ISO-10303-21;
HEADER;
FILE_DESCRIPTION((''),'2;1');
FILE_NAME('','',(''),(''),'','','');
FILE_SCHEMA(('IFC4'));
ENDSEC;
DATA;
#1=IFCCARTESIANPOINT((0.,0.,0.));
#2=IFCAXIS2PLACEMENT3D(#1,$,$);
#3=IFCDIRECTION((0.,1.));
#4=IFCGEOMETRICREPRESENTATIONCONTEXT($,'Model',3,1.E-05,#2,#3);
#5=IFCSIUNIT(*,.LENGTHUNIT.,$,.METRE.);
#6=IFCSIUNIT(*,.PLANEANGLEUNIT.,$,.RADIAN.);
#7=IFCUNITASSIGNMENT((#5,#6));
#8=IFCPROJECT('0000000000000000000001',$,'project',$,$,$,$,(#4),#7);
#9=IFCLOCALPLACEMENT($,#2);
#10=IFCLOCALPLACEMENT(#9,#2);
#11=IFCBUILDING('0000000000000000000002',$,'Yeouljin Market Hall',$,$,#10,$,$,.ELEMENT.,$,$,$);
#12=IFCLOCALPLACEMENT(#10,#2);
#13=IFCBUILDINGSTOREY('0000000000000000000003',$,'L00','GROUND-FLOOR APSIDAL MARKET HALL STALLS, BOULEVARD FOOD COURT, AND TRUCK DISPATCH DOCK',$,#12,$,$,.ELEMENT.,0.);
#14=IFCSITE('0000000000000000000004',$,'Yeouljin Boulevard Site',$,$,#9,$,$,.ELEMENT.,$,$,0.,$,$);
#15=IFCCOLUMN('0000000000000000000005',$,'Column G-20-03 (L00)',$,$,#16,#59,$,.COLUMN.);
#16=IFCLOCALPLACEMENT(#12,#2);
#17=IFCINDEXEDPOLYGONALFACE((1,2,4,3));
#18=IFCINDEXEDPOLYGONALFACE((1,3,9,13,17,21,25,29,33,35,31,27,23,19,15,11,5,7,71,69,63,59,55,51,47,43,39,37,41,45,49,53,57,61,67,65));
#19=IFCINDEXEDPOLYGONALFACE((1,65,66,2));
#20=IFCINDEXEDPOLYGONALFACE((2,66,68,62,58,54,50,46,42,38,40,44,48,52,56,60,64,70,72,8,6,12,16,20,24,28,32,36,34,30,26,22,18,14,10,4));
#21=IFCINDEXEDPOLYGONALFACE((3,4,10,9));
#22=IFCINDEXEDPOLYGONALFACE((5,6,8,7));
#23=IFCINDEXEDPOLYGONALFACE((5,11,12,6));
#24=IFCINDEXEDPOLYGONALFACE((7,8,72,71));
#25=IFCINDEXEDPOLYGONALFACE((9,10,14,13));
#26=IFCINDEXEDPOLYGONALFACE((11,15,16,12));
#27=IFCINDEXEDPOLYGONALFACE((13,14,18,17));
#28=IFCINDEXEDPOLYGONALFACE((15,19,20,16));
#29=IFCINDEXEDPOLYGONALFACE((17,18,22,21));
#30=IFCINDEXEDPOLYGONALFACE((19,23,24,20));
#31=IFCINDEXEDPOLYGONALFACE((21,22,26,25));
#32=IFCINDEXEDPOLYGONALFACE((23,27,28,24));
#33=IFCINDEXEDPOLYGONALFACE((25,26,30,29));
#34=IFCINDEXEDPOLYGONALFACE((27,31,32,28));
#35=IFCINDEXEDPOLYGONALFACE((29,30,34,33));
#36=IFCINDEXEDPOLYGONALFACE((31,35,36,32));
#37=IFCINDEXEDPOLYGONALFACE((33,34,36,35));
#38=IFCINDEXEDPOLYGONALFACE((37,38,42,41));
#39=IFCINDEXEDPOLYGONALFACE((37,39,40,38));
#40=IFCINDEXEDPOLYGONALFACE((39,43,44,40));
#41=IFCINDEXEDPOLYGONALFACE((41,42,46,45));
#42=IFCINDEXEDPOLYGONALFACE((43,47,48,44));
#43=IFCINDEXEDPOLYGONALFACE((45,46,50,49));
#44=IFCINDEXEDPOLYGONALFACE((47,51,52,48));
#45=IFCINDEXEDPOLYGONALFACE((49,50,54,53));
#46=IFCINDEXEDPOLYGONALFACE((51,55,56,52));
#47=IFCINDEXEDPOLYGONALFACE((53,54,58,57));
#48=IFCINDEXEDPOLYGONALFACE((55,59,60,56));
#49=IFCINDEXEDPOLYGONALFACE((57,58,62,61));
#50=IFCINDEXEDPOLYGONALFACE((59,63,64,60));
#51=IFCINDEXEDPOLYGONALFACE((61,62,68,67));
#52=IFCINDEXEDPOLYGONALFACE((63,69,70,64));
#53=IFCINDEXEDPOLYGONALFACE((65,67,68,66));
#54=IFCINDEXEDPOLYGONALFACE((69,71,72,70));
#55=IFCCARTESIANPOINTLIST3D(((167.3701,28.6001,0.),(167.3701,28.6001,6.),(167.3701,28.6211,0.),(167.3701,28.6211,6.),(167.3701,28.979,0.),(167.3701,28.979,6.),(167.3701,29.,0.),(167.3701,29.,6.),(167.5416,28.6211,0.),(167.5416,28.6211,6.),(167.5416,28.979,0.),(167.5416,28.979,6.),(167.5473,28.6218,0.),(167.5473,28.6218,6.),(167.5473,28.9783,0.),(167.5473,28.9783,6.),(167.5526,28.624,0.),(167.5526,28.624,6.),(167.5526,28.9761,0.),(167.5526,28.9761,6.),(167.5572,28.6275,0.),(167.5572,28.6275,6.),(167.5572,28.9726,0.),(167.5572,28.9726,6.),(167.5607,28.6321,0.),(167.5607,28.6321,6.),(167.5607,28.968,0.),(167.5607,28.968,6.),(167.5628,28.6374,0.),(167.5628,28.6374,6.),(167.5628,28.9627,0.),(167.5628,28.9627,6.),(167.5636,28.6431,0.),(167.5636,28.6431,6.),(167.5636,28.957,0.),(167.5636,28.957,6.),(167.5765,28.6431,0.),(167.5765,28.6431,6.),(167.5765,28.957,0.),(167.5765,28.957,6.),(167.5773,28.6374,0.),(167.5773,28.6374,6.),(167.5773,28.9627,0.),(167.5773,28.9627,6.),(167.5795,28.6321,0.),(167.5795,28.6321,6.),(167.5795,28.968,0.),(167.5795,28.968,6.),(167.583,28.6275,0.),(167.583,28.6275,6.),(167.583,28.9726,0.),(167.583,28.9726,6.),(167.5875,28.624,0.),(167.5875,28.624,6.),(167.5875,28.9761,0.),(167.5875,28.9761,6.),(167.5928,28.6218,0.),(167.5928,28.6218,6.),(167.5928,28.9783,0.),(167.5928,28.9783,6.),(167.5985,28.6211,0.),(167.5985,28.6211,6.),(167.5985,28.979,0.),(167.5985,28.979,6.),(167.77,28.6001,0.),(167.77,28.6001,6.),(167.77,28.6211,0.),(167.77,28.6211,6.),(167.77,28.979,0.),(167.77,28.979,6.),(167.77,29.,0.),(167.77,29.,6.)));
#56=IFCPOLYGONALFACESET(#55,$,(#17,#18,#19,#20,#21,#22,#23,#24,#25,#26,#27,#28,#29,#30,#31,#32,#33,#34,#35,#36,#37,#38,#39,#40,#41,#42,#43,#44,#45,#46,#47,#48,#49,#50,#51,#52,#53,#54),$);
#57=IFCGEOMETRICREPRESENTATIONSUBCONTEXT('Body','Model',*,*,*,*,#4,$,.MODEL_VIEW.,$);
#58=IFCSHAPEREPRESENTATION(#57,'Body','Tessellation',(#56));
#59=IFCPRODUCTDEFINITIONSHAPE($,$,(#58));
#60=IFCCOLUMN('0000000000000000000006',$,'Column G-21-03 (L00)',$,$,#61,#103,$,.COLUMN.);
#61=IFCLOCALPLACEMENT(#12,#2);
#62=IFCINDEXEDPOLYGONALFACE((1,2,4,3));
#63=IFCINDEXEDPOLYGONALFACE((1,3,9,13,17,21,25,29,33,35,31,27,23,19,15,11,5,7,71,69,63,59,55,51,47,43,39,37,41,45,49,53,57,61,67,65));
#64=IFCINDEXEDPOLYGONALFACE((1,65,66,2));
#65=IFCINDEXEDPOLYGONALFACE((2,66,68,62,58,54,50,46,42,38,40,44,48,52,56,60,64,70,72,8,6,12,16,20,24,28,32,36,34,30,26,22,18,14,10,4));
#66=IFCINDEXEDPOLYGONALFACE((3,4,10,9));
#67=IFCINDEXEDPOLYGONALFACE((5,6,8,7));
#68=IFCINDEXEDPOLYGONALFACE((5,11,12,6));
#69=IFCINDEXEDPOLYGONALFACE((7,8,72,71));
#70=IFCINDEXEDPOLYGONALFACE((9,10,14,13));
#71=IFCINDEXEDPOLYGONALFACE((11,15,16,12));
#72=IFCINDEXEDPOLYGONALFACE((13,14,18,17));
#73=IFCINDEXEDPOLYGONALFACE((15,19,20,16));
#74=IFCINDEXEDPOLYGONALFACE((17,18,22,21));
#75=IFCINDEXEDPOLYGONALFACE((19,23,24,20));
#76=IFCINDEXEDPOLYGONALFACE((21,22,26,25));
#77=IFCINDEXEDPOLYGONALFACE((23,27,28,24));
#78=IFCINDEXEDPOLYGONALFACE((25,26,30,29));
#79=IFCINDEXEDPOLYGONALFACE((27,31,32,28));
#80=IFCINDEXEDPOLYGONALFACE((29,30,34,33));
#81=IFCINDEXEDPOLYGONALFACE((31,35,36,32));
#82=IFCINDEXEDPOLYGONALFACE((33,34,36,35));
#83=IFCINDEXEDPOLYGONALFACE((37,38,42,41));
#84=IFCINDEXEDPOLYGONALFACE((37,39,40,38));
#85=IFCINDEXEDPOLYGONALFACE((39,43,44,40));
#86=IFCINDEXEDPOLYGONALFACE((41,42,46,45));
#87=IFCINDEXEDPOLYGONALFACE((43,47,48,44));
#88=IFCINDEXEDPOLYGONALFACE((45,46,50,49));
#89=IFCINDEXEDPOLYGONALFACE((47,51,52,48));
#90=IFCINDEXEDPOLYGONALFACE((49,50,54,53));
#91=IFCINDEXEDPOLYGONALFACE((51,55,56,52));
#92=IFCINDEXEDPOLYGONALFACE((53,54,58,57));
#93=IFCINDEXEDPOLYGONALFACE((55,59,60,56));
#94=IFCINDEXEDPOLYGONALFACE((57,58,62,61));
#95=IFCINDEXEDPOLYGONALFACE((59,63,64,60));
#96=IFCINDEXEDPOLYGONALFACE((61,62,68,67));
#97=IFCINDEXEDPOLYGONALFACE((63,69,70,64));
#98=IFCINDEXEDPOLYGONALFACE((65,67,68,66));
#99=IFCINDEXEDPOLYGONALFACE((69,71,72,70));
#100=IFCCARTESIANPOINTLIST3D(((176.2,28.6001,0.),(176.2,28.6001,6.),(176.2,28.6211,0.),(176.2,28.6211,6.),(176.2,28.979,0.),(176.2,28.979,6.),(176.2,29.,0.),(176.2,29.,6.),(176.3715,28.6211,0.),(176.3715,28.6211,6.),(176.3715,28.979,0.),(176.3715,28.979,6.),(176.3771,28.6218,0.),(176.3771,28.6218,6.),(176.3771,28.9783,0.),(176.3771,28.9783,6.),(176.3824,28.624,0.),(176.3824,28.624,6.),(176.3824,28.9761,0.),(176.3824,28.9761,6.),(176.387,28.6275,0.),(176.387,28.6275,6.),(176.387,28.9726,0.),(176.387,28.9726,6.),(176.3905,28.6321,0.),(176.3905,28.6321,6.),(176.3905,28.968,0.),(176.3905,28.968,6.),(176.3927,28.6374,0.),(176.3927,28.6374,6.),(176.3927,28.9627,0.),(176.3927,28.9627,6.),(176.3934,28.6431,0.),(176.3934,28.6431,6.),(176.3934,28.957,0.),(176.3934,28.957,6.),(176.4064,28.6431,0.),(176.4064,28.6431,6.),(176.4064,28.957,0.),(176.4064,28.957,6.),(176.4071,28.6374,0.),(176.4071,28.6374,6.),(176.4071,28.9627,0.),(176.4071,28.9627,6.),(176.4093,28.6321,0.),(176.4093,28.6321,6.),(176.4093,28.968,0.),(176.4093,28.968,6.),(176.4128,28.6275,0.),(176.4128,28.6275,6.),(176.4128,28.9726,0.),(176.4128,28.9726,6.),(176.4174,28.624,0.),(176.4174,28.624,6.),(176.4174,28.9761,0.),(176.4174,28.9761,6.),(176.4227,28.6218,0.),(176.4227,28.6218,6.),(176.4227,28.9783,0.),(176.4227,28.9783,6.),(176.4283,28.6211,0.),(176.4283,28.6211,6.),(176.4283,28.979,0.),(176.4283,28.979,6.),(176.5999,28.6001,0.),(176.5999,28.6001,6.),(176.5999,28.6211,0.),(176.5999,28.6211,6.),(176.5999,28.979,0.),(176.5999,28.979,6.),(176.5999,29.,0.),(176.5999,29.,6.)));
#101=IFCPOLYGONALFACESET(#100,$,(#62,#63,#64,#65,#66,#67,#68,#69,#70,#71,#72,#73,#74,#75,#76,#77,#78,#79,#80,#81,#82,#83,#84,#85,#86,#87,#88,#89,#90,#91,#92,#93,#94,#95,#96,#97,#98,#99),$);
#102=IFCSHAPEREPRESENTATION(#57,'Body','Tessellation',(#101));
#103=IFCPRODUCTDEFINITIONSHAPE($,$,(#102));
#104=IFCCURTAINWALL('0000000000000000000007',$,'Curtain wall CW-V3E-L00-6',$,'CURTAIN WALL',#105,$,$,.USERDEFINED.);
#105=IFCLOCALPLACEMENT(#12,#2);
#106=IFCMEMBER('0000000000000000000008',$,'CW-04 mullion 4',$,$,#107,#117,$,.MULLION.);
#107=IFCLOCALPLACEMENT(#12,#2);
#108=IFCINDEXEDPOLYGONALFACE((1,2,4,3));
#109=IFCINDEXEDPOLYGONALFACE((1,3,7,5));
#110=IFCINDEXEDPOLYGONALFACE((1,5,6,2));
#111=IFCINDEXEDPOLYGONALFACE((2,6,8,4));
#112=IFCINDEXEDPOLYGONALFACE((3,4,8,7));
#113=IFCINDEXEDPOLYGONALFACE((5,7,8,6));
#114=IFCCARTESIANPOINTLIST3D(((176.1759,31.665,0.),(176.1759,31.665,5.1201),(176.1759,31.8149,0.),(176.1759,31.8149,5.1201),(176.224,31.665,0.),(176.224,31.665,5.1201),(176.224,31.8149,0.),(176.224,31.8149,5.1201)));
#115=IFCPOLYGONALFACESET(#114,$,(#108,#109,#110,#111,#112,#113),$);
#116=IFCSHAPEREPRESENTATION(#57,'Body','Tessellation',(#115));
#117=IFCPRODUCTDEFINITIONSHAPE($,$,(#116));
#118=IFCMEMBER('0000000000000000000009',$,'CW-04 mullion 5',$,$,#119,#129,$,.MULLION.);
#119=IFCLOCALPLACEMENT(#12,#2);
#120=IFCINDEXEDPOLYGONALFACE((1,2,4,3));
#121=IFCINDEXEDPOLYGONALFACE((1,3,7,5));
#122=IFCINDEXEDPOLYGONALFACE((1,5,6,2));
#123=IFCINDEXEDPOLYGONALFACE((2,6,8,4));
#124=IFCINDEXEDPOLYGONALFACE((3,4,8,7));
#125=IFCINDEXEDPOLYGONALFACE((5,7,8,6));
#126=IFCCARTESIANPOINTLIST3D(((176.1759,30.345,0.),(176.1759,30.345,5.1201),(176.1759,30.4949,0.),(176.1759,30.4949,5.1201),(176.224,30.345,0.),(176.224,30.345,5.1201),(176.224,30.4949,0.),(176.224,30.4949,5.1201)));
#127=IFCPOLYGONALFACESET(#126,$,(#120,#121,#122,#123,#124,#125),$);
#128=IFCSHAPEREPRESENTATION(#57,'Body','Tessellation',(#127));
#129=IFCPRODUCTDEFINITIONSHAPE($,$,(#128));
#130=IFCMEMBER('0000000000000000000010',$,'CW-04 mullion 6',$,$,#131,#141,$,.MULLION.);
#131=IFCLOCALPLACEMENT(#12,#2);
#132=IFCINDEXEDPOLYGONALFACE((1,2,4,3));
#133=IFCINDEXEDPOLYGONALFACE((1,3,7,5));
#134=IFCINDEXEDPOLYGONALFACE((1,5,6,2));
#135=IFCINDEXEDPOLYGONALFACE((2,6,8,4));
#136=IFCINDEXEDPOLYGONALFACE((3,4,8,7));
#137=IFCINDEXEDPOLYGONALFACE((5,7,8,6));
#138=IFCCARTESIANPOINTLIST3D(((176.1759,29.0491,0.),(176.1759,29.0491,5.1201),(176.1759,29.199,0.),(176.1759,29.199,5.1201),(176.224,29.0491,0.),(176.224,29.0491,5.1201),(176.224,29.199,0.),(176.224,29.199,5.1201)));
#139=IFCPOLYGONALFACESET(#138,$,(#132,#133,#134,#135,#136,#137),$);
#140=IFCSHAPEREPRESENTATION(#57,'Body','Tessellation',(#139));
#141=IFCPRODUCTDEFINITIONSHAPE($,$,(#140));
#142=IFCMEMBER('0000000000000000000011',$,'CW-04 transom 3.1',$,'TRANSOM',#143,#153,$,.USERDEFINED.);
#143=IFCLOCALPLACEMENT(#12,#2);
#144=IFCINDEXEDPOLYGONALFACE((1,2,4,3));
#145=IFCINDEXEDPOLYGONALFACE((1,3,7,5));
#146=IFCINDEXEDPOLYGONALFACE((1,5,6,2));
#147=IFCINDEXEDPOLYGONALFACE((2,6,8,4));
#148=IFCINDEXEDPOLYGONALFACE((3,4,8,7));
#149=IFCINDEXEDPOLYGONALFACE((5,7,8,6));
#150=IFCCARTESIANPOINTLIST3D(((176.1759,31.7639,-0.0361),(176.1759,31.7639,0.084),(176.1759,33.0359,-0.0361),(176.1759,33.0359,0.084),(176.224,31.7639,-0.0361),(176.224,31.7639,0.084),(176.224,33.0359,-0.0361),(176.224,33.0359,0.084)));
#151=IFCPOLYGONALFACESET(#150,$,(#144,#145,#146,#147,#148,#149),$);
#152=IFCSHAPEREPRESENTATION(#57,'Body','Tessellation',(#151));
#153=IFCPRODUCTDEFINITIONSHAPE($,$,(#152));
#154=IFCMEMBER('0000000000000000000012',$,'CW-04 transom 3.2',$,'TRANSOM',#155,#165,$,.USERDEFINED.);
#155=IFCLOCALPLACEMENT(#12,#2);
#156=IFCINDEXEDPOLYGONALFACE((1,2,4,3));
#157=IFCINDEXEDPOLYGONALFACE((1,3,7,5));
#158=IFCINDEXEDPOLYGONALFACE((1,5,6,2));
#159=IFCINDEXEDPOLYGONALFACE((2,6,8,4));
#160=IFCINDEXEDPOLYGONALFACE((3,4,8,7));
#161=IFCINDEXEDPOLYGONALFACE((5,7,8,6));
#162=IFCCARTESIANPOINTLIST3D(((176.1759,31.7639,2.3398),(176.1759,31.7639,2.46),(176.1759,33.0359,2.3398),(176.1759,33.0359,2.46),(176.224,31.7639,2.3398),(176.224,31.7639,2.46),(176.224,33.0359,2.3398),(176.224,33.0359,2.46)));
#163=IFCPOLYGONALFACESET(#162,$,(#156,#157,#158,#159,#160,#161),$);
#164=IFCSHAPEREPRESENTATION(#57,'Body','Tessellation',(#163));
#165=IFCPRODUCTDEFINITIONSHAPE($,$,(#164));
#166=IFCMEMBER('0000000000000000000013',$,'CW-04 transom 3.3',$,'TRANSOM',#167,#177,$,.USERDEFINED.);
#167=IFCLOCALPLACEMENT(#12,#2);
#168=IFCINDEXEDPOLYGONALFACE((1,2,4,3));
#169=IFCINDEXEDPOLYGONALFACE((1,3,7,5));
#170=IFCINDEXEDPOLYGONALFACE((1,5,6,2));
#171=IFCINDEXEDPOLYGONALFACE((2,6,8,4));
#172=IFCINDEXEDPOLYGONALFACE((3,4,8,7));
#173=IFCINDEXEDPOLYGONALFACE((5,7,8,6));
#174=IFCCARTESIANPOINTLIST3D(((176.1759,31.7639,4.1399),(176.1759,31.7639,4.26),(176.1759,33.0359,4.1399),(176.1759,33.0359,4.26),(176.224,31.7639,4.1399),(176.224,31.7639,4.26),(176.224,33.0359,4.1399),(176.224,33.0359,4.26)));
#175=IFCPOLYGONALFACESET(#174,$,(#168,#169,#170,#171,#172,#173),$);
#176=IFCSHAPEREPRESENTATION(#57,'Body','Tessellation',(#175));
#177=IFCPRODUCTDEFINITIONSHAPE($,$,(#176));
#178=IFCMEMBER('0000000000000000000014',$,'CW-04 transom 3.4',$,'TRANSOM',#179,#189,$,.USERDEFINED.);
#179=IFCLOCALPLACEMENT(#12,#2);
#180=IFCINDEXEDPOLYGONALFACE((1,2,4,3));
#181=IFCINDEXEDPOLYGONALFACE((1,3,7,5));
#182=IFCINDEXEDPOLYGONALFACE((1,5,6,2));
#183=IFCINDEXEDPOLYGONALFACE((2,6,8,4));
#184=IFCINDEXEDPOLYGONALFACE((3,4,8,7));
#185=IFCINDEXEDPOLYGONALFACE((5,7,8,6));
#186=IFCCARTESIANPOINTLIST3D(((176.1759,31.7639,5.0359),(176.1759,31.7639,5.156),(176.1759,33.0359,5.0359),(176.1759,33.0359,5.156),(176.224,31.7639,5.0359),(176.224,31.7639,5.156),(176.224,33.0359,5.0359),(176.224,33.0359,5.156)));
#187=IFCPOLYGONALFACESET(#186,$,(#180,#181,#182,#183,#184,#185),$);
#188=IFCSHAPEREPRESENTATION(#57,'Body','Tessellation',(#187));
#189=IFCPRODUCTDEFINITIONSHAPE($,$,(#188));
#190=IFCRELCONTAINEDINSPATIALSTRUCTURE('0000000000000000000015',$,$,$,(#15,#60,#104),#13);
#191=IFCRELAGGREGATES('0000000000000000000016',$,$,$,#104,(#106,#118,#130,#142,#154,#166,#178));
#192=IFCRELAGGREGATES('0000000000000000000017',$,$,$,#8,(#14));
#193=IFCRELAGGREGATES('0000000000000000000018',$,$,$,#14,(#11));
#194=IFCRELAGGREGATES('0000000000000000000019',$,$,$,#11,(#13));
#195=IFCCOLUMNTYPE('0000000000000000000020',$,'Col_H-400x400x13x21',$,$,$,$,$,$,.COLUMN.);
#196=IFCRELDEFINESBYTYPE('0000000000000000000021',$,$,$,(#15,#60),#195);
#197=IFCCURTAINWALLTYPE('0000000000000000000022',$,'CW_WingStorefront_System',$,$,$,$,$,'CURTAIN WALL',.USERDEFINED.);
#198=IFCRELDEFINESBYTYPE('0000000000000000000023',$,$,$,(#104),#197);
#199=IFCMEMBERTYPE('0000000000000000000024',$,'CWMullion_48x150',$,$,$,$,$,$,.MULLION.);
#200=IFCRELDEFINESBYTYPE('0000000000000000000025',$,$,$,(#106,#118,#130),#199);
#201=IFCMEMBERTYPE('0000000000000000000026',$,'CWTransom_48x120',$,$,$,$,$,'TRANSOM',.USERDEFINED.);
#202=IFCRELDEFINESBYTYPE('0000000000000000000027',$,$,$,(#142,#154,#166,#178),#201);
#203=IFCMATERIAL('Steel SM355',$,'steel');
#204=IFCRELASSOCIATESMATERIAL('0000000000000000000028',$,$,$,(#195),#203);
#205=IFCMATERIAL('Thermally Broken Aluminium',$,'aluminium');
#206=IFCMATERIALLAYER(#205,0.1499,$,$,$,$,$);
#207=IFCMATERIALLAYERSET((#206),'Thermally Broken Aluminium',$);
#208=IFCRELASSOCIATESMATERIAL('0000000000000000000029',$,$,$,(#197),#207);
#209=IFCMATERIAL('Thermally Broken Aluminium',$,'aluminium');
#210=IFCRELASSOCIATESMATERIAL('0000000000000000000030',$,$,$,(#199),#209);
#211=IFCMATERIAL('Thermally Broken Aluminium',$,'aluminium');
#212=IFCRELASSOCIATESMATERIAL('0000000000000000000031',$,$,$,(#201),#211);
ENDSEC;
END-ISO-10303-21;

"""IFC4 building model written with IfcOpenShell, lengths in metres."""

from ifc_helpers import new_model, si_unit, direction, frame, origin, origin_2d, place, context, subcontext, project, spatial, rectangle, i_section, extrude, material, layer, layer_set, material_profile, profile_set, type_object, element, aggregate, save


model = new_model("IFC4")

# Units and contexts
model_context = context("Model", 3, precision=1e-05, world=origin(), true_north=direction((0.0, 1.0)))
body_context = subcontext(model_context, "Body", "Model", "MODEL_VIEW")
ifc_project = project(units=[si_unit("LENGTHUNIT", "METRE"), si_unit("PLANEANGLEUNIT", "RADIAN")], contexts=[model_context])

# Site, building, storey
site_placement = place(None, origin())
site = spatial("IfcSite", under=ifc_project, at=site_placement, Name="Yeouljin Boulevard Site", CompositionType="ELEMENT", RefElevation=0.0)
building_placement = place(site_placement, origin())
building = spatial("IfcBuilding", under=site, at=building_placement, Name="Yeouljin Market Hall", CompositionType="ELEMENT")
storey_placement = place(building_placement, origin())
storey = spatial("IfcBuildingStorey", under=building, at=storey_placement, Name="L00", Description="GROUND-FLOOR APSIDAL MARKET HALL STALLS, BOULEVARD FOOD COURT, AND TRUCK DISPATCH DOCK", CompositionType="ELEMENT", Elevation=0.0)

# Columns
ifc_material_1 = material(Name="Steel SM355", Category="steel")
ifc_material_profile_1 = material_profile(ifc_material_1, i_section(OverallWidth=0.3999, OverallDepth=0.3999, WebThickness=0.0129, FlangeThickness=0.021, FilletRadius=0.022, at=origin_2d()), Name="H-400x400x13x21")
ifc_profile_set_1 = profile_set([ifc_material_profile_1], Name="Steel SM355")
column_type = type_object("IfcColumnType", Name="Col_H-400x400x13x21", PredefinedType="COLUMN", material=ifc_profile_set_1)
for number, where, z_axis, x_axis, name in (
    (1, (167.5701, 28.8, 0.0), (0.0, 0.0, 1.0), (1.0, 0.0, 0.0), "Column G-20-03 (L00)"),
    (2, (176.3999, 28.8, 0.0), (0.0, 0.0, 1.0), (1.0, 0.0, 0.0), "Column G-21-03 (L00)"),
):
    element("IfcColumn", number, at=place(storey_placement, frame(where, z_axis=z_axis, x_axis=x_axis)), inside=storey, type_object=column_type, Name=name, PredefinedType="COLUMN", context=body_context, shape_type="SweptSolid", body=[
        extrude(i_section(OverallWidth=0.3999, OverallDepth=0.3999, WebThickness=0.0129, FlangeThickness=0.021, FilletRadius=0.022, at=origin_2d()), origin(), (0.0, 0.0, 1.0), 6.0),
    ])

# Curtain wall, members
ifc_material_2 = material(Name="Thermally Broken Aluminium", Category="aluminium")
ifc_layer_1 = layer(ifc_material_2, 0.1499)
ifc_layer_set_1 = layer_set([ifc_layer_1], Name="Thermally Broken Aluminium")
curtain_wall_type = type_object("IfcCurtainWallType", Name="CW_WingStorefront_System", ElementType="CURTAIN WALL", PredefinedType="USERDEFINED", material=ifc_layer_set_1)
curtain_wall_placement = place(storey_placement, origin())
curtain_wall = element("IfcCurtainWall", 3, at=curtain_wall_placement, inside=storey, type_object=curtain_wall_type, Name="Curtain wall CW-V3E-L00-6", ObjectType="CURTAIN WALL", PredefinedType="USERDEFINED")
ifc_material_3 = material(Name="Thermally Broken Aluminium", Category="aluminium")
ifc_material_profile_2 = material_profile(ifc_material_3, rectangle(XDim=0.0481, YDim=0.1499, at=origin_2d()), Name="CW-MULL-48x150")
ifc_profile_set_2 = profile_set([ifc_material_profile_2], Name="Thermally Broken Aluminium")
member_type_1 = type_object("IfcMemberType", Name="CWMullion_48x150", PredefinedType="MULLION", material=ifc_profile_set_2)
member_1_placement = place(storey_placement, frame((176.2, 31.74, 0.0), z_axis=(0.0, 0.0, 1.0), x_axis=(1.0, 0.0, 0.0)))
member_1 = element("IfcMember", 4, at=member_1_placement, type_object=member_type_1, Name="CW-04 mullion 4", PredefinedType="MULLION", context=body_context, shape_type="SweptSolid", body=[
    extrude(rectangle(XDim=0.0481, YDim=0.1499, at=origin_2d()), origin(), (0.0, 0.0, 1.0), 5.1201),
])
member_2_placement = place(storey_placement, frame((176.2, 30.4199, 0.0), z_axis=(0.0, 0.0, 1.0), x_axis=(1.0, 0.0, 0.0)))
member_2 = element("IfcMember", 5, at=member_2_placement, type_object=member_type_1, Name="CW-04 mullion 5", PredefinedType="MULLION", context=body_context, shape_type="SweptSolid", body=[
    extrude(rectangle(XDim=0.0481, YDim=0.1499, at=origin_2d()), origin(), (0.0, 0.0, 1.0), 5.1201),
])
member_3_placement = place(storey_placement, frame((176.2, 29.124, 0.0), z_axis=(0.0, 0.0, 1.0), x_axis=(1.0, 0.0, 0.0)))
member_3 = element("IfcMember", 6, at=member_3_placement, type_object=member_type_1, Name="CW-04 mullion 6", PredefinedType="MULLION", context=body_context, shape_type="SweptSolid", body=[
    extrude(rectangle(XDim=0.0481, YDim=0.1499, at=origin_2d()), origin(), (0.0, 0.0, 1.0), 5.1201),
])
ifc_material_4 = material(Name="Thermally Broken Aluminium", Category="aluminium")
ifc_material_profile_3 = material_profile(ifc_material_4, rectangle(XDim=0.0481, YDim=0.1201, at=origin_2d()), Name="CW-TRAN-48x120")
ifc_profile_set_3 = profile_set([ifc_material_profile_3], Name="Thermally Broken Aluminium")
member_type_2 = type_object("IfcMemberType", Name="CWTransom_48x120", ElementType="TRANSOM", PredefinedType="USERDEFINED", material=ifc_profile_set_3)
member_4_placement = place(storey_placement, frame((176.2, 33.0359, 0.0239), z_axis=(0.0, -1.0, 0.0), x_axis=(1.0, 0.0, 0.0)))
member_4 = element("IfcMember", 7, at=member_4_placement, type_object=member_type_2, Name="CW-04 transom 3.1", ObjectType="TRANSOM", PredefinedType="USERDEFINED", context=body_context, shape_type="SweptSolid", body=[
    extrude(rectangle(XDim=0.0481, YDim=0.1201, at=origin_2d()), origin(), (0.0, 0.0, 1.0), 1.272),
])
member_5_placement = place(storey_placement, frame((176.2, 33.0359, 2.3999), z_axis=(0.0, -1.0, 0.0), x_axis=(1.0, 0.0, 0.0)))
member_5 = element("IfcMember", 8, at=member_5_placement, type_object=member_type_2, Name="CW-04 transom 3.2", ObjectType="TRANSOM", PredefinedType="USERDEFINED", context=body_context, shape_type="SweptSolid", body=[
    extrude(rectangle(XDim=0.0481, YDim=0.1201, at=origin_2d()), origin(), (0.0, 0.0, 1.0), 1.272),
])
member_6_placement = place(storey_placement, frame((176.2, 33.0359, 4.2), z_axis=(0.0, -1.0, 0.0), x_axis=(1.0, 0.0, 0.0)))
member_6 = element("IfcMember", 9, at=member_6_placement, type_object=member_type_2, Name="CW-04 transom 3.3", ObjectType="TRANSOM", PredefinedType="USERDEFINED", context=body_context, shape_type="SweptSolid", body=[
    extrude(rectangle(XDim=0.0481, YDim=0.1201, at=origin_2d()), origin(), (0.0, 0.0, 1.0), 1.272),
])
member_7_placement = place(storey_placement, frame((176.2, 33.0359, 5.0959), z_axis=(0.0, -1.0, 0.0), x_axis=(1.0, 0.0, 0.0)))
member_7 = element("IfcMember", 10, at=member_7_placement, type_object=member_type_2, Name="CW-04 transom 3.4", ObjectType="TRANSOM", PredefinedType="USERDEFINED", context=body_context, shape_type="SweptSolid", body=[
    extrude(rectangle(XDim=0.0481, YDim=0.1201, at=origin_2d()), origin(), (0.0, 0.0, 1.0), 1.272),
])
aggregate(curtain_wall, [member_1, member_2, member_3, member_4, member_5, member_6, member_7])

save(model, "model.ifc")
